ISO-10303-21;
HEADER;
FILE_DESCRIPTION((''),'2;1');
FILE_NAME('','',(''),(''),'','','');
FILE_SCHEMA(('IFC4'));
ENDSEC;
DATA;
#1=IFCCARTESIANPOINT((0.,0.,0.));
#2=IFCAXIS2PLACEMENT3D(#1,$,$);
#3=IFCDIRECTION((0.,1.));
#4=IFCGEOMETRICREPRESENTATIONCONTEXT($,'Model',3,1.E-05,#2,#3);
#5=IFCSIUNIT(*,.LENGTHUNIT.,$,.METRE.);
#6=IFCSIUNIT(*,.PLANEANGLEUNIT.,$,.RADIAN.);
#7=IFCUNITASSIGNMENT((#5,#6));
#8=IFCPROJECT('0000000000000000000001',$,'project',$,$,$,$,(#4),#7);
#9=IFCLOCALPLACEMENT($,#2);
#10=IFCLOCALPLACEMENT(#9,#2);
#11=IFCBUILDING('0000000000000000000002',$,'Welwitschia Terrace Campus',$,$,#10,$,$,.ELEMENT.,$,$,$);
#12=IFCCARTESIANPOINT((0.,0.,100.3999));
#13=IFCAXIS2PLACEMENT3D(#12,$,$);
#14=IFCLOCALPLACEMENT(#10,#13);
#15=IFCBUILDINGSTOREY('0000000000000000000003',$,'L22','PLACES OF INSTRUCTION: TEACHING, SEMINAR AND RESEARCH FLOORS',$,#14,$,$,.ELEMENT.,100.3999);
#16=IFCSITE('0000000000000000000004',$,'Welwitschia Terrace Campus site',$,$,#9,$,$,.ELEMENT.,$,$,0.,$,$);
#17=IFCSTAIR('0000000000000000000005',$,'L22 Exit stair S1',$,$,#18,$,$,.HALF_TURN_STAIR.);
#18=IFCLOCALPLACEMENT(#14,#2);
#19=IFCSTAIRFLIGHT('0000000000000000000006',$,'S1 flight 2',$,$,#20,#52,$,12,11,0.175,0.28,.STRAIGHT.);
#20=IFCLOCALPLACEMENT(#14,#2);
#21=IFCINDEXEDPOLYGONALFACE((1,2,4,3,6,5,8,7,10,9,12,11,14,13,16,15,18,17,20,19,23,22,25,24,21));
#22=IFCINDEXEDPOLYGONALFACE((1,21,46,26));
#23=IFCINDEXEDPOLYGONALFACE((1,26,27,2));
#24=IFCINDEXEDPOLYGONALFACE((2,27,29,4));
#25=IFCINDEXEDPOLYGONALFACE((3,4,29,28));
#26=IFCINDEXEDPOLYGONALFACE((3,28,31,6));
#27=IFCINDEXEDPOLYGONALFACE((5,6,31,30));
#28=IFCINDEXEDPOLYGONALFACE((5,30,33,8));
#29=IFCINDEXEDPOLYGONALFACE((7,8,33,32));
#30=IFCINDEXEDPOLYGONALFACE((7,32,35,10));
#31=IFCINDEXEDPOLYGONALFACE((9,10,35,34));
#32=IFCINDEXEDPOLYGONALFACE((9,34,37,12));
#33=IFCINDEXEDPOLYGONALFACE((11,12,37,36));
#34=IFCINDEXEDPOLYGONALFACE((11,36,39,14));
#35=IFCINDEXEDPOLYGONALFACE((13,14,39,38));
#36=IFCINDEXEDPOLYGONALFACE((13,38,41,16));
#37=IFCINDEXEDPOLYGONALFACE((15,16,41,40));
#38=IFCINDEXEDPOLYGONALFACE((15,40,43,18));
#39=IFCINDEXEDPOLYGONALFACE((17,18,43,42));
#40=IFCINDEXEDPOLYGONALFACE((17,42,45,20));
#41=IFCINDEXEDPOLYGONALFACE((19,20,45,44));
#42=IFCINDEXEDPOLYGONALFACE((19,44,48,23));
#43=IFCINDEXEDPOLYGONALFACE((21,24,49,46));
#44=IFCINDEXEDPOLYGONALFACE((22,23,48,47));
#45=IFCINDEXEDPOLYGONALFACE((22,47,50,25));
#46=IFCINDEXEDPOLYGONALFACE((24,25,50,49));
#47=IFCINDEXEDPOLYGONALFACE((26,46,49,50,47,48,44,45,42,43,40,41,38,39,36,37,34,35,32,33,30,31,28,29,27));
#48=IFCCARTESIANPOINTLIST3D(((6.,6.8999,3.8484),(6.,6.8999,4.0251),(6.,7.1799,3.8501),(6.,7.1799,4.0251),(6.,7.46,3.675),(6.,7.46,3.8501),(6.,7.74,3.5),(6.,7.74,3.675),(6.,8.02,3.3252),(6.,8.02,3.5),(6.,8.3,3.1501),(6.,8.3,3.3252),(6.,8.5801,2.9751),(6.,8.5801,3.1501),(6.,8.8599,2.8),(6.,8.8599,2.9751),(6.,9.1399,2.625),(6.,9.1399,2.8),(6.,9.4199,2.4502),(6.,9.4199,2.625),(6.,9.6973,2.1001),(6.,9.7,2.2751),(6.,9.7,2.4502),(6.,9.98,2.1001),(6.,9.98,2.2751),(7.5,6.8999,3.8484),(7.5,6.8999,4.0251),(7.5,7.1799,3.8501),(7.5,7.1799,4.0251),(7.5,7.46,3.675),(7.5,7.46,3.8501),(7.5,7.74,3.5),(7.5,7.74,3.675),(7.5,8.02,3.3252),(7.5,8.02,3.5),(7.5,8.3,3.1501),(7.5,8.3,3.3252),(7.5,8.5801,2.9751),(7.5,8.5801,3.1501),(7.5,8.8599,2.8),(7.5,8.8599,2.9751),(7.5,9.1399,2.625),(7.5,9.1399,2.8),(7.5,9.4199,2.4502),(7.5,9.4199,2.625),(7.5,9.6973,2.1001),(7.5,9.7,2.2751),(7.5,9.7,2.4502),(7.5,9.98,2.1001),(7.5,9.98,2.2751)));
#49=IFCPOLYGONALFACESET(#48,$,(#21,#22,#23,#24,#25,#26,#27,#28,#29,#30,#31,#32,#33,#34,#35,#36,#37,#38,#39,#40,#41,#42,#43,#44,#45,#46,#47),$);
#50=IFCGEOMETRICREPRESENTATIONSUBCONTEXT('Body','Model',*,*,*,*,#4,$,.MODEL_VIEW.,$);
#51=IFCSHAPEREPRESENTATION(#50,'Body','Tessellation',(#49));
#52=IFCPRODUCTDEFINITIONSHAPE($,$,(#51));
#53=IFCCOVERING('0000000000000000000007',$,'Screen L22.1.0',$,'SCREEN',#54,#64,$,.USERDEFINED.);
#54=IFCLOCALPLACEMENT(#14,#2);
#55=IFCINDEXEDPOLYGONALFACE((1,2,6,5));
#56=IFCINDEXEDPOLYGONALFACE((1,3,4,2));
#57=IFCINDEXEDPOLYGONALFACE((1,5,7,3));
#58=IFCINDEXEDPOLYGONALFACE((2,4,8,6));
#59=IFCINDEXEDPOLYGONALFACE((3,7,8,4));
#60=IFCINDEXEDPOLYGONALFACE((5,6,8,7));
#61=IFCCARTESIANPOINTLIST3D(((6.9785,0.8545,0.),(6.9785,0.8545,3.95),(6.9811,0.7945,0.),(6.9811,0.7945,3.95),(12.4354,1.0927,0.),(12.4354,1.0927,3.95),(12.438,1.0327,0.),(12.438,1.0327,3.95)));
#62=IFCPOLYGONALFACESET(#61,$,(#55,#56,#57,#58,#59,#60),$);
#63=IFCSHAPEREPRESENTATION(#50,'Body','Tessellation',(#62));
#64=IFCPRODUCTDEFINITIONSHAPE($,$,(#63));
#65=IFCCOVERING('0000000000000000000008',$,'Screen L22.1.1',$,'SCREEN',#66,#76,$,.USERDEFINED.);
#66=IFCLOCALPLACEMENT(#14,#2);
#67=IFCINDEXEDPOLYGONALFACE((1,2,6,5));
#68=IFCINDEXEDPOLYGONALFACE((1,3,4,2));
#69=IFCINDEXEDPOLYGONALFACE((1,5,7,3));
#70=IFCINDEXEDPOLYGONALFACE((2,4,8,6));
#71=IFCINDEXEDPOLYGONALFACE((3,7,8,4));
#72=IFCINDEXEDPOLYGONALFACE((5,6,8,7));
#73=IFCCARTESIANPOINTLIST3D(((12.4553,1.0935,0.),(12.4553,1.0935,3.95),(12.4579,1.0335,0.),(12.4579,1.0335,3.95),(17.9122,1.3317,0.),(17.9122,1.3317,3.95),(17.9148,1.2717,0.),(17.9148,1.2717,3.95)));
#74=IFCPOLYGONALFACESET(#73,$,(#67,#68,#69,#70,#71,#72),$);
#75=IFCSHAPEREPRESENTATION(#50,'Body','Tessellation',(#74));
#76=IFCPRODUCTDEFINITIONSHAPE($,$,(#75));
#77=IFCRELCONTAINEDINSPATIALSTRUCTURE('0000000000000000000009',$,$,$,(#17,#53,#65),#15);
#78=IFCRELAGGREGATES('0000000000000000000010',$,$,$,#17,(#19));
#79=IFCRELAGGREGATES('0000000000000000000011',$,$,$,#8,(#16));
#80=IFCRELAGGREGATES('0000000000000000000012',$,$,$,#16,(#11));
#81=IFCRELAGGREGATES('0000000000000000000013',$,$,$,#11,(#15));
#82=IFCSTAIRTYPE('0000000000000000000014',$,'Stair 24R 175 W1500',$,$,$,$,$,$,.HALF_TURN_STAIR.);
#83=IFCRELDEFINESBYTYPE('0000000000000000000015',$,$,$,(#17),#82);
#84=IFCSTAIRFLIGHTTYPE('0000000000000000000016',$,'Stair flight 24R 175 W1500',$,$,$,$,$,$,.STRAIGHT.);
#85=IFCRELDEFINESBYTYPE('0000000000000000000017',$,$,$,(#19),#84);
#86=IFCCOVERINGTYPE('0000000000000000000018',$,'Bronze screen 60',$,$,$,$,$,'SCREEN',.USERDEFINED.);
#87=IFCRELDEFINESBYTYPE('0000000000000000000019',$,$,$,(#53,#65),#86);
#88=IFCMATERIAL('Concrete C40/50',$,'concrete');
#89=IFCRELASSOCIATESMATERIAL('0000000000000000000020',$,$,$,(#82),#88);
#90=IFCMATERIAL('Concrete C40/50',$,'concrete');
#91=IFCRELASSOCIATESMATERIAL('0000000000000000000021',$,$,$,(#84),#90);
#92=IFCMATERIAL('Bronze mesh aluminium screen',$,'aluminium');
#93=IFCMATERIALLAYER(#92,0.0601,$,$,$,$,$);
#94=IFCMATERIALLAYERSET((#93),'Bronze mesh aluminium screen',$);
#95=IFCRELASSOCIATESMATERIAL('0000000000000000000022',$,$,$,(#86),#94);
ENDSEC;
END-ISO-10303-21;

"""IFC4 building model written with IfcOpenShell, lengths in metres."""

from ifc_helpers import new_model, si_unit, direction, frame, origin, origin_2d, place, context, subcontext, project, spatial, polyline, rectangle, outline, extrude, material, layer, layer_set, type_object, element, aggregate, save


model = new_model("IFC4")

# Units and contexts
model_context = context("Model", 3, precision=1e-05, world=origin(), true_north=direction((0.0, 1.0)))
body_context = subcontext(model_context, "Body", "Model", "MODEL_VIEW")
ifc_project = project(units=[si_unit("LENGTHUNIT", "METRE"), si_unit("PLANEANGLEUNIT", "RADIAN")], contexts=[model_context])

# Site, building, storey
site_placement = place(None, origin())
site = spatial("IfcSite", under=ifc_project, at=site_placement, Name="Welwitschia Terrace Campus site", CompositionType="ELEMENT", RefElevation=0.0)
building_placement = place(site_placement, origin())
building = spatial("IfcBuilding", under=site, at=building_placement, Name="Welwitschia Terrace Campus", CompositionType="ELEMENT")
storey_placement = place(building_placement, frame((0.0, 0.0, 100.3999)))
storey = spatial("IfcBuildingStorey", under=building, at=storey_placement, Name="L22", Description="PLACES OF INSTRUCTION: TEACHING, SEMINAR AND RESEARCH FLOORS", CompositionType="ELEMENT", Elevation=100.3999)

# Stair, stair flight
ifc_material_1 = material(Name="Concrete C40/50", Category="concrete")
stair_type = type_object("IfcStairType", Name="Stair 24R 175 W1500", PredefinedType="HALF_TURN_STAIR", material=ifc_material_1)
stair_placement = place(storey_placement, origin())
stair = element("IfcStair", 1, at=stair_placement, inside=storey, type_object=stair_type, Name="L22 Exit stair S1", PredefinedType="HALF_TURN_STAIR")
ifc_material_2 = material(Name="Concrete C40/50", Category="concrete")
stair_flight_type = type_object("IfcStairFlightType", Name="Stair flight 24R 175 W1500", PredefinedType="STRAIGHT", material=ifc_material_2)
stair_flight_1_placement = place(storey_placement, frame((6.75, 9.98, 2.1001), z_axis=(0.0, 0.0, 1.0), x_axis=(0.0, -1.0, 0.0)))
stair_flight_1 = element("IfcStairFlight", 2, at=stair_flight_1_placement, type_object=stair_flight_type, Name="S1 flight 2", NumberOfRisers=12, NumberOfTreads=11, PredefinedType="STRAIGHT", RiserHeight=0.175, TreadLength=0.28, context=body_context, shape_type="SweptSolid", body=[
    extrude(outline(polyline([(0.0, 0.0), (0.0, 0.175), (0.28, 0.175), (0.28, 0.3501), (0.5601, 0.3501), (0.5601, 0.5249), (0.8401, 0.5249), (0.8401, 0.7), (1.1201, 0.7), (1.1201, 0.875), (1.3999, 0.875), (1.3999, 1.05), (1.6799, 1.05), (1.6799, 1.2251), (1.96, 1.2251), (1.96, 1.3999), (2.24, 1.3999), (2.24, 1.575), (2.52, 1.575), (2.52, 1.75), (2.8, 1.75), (2.8, 1.925), (3.0801, 1.925), (3.0801, 2.1001), (3.0801, 1.7483), (0.2827, 0.0), (0.0, 0.0)])), frame((0.0, 0.75, 0.0), z_axis=(0.0, -1.0, 0.0), x_axis=(1.0, 0.0, 0.0)), (0.0, 0.0, 1.0), 1.5),
])
aggregate(stair, [stair_flight_1])

# Coverings
ifc_material_3 = material(Name="Bronze mesh aluminium screen", Category="aluminium")
ifc_layer_1 = layer(ifc_material_3, 0.0601)
ifc_layer_set_1 = layer_set([ifc_layer_1], Name="Bronze mesh aluminium screen")
covering_type = type_object("IfcCoveringType", Name="Bronze screen 60", ElementType="SCREEN", PredefinedType="USERDEFINED", material=ifc_layer_set_1)
for number, where, z_axis, x_axis, name in (
    (3, (9.7083, 0.9436, 0.0), (0.0, 0.0, 1.0), (0.999048, 0.043619, 0.0), "Screen L22.1.0"),
    (4, (15.1851, 1.1826, 0.0), (0.0, 0.0, 1.0), (0.999048, 0.043619, 0.0), "Screen L22.1.1"),
):
    element("IfcCovering", number, at=place(storey_placement, frame(where, z_axis=z_axis, x_axis=x_axis)), inside=storey, type_object=covering_type, Name=name, ObjectType="SCREEN", PredefinedType="USERDEFINED", context=body_context, shape_type="SweptSolid", body=[
        extrude(rectangle(XDim=5.4622, YDim=0.0601, at=origin_2d()), origin(), (0.0, 0.0, 1.0), 3.95),
    ])

save(model, "model.ifc")
